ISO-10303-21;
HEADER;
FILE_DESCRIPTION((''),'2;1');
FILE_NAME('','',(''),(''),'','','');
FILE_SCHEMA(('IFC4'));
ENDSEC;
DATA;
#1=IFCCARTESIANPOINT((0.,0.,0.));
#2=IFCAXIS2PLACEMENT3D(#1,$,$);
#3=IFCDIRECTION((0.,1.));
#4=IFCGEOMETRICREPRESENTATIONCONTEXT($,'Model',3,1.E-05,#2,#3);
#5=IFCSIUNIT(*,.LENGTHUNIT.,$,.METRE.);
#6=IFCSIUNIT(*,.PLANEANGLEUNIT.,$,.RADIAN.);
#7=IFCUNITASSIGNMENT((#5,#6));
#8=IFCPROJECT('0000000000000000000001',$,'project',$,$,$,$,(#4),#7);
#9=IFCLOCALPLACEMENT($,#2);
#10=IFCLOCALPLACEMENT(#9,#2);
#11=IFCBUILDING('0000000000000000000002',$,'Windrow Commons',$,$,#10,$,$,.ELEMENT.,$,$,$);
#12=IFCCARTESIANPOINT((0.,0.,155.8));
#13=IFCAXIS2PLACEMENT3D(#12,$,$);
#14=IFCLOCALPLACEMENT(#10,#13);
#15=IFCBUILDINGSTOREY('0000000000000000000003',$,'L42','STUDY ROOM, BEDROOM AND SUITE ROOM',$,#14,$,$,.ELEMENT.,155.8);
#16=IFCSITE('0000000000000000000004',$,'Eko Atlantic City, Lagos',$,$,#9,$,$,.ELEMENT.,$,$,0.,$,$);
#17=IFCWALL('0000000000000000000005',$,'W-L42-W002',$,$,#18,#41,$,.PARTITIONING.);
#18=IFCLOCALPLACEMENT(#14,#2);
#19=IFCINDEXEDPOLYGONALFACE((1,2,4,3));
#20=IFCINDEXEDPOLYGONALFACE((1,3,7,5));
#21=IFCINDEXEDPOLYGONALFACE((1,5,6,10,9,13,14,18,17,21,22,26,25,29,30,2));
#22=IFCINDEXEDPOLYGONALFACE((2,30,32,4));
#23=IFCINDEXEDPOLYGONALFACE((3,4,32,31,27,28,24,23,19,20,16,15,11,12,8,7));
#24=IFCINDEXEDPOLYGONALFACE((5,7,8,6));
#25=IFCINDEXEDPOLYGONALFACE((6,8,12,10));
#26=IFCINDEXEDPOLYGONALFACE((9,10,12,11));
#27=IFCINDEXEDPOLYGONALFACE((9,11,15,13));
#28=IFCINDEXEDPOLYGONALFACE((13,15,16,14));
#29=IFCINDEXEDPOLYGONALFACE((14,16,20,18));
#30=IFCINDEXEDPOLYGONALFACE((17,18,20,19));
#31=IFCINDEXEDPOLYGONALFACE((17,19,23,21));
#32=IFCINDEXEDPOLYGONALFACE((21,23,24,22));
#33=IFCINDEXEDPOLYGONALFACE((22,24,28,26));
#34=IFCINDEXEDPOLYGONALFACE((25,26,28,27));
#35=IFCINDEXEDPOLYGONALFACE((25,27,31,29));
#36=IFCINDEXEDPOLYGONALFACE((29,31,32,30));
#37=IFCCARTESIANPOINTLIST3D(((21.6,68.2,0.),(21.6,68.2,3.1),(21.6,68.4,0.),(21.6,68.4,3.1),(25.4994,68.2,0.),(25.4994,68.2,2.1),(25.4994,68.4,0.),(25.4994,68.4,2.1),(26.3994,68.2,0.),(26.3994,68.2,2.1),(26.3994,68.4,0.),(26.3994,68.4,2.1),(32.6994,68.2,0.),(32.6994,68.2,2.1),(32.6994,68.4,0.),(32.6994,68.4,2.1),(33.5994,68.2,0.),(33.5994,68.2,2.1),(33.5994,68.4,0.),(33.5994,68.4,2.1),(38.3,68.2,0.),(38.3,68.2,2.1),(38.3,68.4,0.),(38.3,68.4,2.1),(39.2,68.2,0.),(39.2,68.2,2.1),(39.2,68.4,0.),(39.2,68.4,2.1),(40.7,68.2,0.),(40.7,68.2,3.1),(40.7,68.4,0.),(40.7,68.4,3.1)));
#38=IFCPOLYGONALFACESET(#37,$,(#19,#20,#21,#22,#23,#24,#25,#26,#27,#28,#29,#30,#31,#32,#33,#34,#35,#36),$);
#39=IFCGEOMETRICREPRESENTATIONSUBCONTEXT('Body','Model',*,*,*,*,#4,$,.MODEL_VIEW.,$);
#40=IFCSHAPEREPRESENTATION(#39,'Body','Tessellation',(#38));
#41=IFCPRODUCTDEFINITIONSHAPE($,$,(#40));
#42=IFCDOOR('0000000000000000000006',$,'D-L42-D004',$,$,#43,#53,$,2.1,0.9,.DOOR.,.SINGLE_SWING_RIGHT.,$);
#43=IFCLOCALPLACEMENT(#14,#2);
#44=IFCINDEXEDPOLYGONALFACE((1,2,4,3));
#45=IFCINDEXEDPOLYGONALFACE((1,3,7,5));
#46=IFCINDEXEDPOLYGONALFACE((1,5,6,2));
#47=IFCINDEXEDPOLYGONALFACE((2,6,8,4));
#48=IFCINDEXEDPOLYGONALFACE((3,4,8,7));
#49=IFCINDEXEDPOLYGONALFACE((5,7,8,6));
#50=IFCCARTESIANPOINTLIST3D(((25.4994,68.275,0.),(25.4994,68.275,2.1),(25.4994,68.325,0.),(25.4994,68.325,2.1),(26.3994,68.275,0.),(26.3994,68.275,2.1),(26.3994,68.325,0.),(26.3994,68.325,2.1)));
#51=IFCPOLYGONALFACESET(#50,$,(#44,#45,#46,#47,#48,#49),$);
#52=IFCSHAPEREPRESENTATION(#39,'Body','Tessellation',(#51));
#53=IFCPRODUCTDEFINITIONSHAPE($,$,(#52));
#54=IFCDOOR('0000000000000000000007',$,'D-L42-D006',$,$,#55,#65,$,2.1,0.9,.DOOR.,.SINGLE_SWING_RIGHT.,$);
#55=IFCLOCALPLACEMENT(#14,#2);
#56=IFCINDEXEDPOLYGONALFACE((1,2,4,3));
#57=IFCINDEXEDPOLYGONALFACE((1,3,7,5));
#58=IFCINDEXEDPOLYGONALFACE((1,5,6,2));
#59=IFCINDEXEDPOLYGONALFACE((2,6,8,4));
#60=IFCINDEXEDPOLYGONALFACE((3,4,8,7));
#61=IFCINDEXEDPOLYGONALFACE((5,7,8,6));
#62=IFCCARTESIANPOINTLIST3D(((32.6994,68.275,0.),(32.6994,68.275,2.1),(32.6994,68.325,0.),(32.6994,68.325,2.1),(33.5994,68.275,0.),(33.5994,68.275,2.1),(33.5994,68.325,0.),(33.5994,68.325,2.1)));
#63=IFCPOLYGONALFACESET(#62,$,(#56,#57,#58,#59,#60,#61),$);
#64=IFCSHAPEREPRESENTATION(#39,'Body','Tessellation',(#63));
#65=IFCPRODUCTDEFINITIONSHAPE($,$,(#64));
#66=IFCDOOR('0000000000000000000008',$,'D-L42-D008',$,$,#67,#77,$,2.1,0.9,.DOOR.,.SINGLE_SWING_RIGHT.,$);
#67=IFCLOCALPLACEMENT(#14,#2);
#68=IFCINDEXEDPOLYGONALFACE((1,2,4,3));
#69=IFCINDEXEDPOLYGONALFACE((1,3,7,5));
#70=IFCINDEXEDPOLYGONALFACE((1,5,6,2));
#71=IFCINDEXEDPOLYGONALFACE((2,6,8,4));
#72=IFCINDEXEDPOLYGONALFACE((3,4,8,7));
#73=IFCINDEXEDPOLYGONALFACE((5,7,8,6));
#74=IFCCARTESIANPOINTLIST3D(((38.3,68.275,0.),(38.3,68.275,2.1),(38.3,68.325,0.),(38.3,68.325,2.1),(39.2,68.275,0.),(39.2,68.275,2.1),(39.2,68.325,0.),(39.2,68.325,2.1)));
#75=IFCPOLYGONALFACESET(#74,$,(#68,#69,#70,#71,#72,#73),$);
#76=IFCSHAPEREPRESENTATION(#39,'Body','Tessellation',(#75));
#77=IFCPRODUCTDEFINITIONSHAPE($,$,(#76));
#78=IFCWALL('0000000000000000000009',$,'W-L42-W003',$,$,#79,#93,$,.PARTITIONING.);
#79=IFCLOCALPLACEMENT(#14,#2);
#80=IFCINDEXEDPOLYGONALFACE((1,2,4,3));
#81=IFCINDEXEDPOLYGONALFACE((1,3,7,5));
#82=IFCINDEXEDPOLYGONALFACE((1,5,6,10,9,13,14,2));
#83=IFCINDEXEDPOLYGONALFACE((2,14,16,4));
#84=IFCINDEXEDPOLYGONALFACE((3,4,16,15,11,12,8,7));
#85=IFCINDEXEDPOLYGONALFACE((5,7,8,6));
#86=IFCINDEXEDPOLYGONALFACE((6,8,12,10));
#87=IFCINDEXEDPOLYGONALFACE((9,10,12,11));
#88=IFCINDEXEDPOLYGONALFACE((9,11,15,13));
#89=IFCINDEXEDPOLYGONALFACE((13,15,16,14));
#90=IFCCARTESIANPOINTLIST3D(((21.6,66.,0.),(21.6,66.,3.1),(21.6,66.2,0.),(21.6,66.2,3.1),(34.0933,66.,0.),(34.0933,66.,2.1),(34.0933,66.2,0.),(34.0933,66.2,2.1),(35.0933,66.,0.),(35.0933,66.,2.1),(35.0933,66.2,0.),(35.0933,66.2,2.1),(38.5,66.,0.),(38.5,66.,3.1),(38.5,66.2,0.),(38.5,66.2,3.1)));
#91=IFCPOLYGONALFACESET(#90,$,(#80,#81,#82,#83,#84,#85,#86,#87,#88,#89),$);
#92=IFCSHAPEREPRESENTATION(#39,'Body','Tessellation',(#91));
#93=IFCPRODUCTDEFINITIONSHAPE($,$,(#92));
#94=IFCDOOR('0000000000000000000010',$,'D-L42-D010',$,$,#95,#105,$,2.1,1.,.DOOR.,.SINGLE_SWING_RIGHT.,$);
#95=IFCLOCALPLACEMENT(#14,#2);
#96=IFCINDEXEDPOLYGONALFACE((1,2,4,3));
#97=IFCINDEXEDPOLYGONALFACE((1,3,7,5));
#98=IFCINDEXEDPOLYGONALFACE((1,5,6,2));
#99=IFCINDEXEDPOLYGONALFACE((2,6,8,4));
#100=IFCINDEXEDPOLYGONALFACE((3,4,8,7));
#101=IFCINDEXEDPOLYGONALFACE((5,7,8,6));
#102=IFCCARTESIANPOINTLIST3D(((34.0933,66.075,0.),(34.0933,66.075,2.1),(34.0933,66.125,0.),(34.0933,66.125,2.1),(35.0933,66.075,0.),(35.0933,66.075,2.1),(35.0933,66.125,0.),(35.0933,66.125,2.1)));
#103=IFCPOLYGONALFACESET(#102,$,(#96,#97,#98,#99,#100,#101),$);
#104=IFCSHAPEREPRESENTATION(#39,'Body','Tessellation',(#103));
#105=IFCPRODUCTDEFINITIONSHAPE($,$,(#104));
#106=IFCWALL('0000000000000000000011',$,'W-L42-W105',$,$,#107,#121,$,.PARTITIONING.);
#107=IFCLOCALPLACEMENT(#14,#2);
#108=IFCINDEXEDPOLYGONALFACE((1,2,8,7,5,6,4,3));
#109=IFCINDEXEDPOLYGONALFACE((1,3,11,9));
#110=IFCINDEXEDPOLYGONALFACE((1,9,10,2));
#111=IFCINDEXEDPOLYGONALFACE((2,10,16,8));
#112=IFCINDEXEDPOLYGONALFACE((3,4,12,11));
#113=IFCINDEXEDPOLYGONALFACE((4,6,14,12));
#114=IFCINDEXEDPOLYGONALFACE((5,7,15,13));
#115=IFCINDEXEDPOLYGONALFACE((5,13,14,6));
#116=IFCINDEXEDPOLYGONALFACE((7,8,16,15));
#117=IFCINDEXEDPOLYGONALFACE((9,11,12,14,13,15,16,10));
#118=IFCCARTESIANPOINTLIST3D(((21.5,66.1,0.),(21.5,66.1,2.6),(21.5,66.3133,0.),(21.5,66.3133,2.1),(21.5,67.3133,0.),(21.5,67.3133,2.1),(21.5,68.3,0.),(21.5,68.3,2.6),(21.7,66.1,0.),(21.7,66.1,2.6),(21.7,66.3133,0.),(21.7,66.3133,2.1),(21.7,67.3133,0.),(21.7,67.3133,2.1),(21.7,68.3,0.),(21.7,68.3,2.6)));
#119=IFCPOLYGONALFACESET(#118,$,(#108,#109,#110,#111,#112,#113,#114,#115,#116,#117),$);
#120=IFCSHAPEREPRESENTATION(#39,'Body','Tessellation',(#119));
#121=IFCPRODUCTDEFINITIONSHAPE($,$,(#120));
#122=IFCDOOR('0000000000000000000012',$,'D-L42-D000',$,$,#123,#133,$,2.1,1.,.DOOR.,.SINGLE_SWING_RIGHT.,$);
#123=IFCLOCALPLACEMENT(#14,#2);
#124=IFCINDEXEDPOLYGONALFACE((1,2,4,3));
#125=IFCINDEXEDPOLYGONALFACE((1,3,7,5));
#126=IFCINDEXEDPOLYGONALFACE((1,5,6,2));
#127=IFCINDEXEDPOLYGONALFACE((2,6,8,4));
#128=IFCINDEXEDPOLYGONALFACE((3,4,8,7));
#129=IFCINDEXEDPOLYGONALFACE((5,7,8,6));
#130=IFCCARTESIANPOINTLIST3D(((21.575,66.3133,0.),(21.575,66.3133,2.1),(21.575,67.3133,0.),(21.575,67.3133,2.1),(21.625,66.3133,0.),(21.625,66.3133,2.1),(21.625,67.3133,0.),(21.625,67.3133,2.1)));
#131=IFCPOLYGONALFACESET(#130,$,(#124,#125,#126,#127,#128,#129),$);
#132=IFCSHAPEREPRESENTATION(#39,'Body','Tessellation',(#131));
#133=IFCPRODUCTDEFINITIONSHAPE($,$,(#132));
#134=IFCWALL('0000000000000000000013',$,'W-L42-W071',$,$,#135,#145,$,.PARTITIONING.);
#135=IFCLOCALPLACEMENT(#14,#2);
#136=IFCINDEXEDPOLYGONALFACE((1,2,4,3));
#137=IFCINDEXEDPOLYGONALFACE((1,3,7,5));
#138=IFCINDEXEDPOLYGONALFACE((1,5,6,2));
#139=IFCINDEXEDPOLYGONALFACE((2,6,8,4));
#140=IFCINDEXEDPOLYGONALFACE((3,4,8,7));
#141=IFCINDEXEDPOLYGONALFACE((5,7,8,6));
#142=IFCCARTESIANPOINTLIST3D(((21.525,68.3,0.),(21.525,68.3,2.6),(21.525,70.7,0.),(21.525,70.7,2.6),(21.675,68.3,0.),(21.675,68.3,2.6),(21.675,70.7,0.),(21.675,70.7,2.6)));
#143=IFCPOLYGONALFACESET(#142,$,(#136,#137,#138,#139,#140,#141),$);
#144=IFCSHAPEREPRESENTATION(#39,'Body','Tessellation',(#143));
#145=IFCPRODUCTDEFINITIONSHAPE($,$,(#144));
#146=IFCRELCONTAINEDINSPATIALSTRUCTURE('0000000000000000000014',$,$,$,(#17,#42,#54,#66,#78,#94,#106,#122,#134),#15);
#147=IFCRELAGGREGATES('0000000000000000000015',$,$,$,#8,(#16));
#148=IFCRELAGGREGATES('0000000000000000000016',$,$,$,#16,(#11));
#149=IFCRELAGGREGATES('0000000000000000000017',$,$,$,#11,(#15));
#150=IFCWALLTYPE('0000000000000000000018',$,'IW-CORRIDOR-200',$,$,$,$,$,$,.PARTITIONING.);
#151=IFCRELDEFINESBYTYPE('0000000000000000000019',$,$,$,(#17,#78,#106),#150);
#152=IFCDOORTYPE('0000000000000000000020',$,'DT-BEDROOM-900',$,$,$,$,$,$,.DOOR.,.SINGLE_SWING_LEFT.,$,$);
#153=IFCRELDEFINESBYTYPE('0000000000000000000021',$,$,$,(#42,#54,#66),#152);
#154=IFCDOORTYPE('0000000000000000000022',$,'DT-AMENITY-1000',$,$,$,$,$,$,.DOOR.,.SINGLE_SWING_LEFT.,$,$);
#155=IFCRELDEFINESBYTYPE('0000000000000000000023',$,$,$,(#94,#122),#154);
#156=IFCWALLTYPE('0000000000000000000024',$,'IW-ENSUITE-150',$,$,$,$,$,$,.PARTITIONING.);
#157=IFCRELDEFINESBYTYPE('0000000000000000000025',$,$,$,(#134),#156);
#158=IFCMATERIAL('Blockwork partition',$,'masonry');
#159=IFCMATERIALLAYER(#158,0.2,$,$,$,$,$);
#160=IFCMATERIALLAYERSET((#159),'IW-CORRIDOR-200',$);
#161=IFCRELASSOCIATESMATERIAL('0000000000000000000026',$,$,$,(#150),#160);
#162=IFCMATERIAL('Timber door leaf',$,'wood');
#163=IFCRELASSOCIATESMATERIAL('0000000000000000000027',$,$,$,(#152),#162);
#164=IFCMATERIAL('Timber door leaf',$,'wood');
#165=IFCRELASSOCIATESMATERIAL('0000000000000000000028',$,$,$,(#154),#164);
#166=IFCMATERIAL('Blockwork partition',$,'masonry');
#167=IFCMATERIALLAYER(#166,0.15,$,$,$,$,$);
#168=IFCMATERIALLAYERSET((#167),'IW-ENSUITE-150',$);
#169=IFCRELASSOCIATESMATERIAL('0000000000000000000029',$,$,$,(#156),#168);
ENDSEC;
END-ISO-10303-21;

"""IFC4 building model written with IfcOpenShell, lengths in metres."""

from ifc_helpers import new_model, si_unit, direction, frame, frame_2d, origin, place, context, subcontext, project, spatial, rectangle, extrude, material, layer, layer_set, type_object, element, fill, save


model = new_model("IFC4")

# Units and contexts
model_context = context("Model", 3, precision=1e-05, world=origin(), true_north=direction((0.0, 1.0)))
body_context = subcontext(model_context, "Body", "Model", "MODEL_VIEW")
ifc_project = project(units=[si_unit("LENGTHUNIT", "METRE"), si_unit("PLANEANGLEUNIT", "RADIAN")], contexts=[model_context])

# Site, building, storey
site_placement = place(None, origin())
site = spatial("IfcSite", under=ifc_project, at=site_placement, Name="Eko Atlantic City, Lagos", CompositionType="ELEMENT", RefElevation=0.0)
building_placement = place(site_placement, origin())
building = spatial("IfcBuilding", under=site, at=building_placement, Name="Windrow Commons", CompositionType="ELEMENT")
storey_placement = place(building_placement, frame((0.0, 0.0, 155.8)))
storey = spatial("IfcBuildingStorey", under=building, at=storey_placement, Name="L42", Description="STUDY ROOM, BEDROOM AND SUITE ROOM", CompositionType="ELEMENT", Elevation=155.8)

# Wall, openings, doors
ifc_material_1 = material(Name="Blockwork partition", Category="masonry")
ifc_layer_1 = layer(ifc_material_1, 0.2)
ifc_layer_set_1 = layer_set([ifc_layer_1], Name="IW-CORRIDOR-200")
wall_type_1 = type_object("IfcWallType", Name="IW-CORRIDOR-200", PredefinedType="PARTITIONING", material=ifc_layer_set_1)
wall_1_placement = place(storey_placement, frame((21.6, 68.3, 0.0), z_axis=(0.0, 0.0, 1.0), x_axis=(1.0, 0.0, 0.0)))
wall_1 = element("IfcWall", 1, at=wall_1_placement, inside=storey, type_object=wall_type_1, Name="W-L42-W002", PredefinedType="PARTITIONING", context=body_context, shape_type="SweptSolid", body=[
    extrude(rectangle(XDim=19.1, YDim=0.2, at=frame_2d((9.55, 0.0))), origin(), (0.0, 0.0, 1.0), 3.1),
])
opening_1_placement = place(wall_1_placement, frame((3.8994, 0.0, 0.0)))
opening_1 = element("IfcOpeningElement", 2, at=opening_1_placement, cuts=wall_1, PredefinedType="OPENING", context=body_context, shape_type="SweptSolid", body=[
    extrude(rectangle(XDim=0.9, YDim=2.1, at=frame_2d((0.45, 1.05))), frame((0.0, 0.11, 0.0), z_axis=(0.0, -1.0, 0.0), x_axis=(1.0, 0.0, 0.0)), (0.0, 0.0, 1.0), 0.22),
])
opening_2_placement = place(wall_1_placement, frame((11.0994, 0.0, 0.0)))
opening_2 = element("IfcOpeningElement", 3, at=opening_2_placement, cuts=wall_1, PredefinedType="OPENING", context=body_context, shape_type="SweptSolid", body=[
    extrude(rectangle(XDim=0.9, YDim=2.1, at=frame_2d((0.45, 1.05))), frame((0.0, 0.11, 0.0), z_axis=(0.0, -1.0, 0.0), x_axis=(1.0, 0.0, 0.0)), (0.0, 0.0, 1.0), 0.22),
])
opening_3_placement = place(wall_1_placement, frame((16.7, 0.0, 0.0)))
opening_3 = element("IfcOpeningElement", 4, at=opening_3_placement, cuts=wall_1, PredefinedType="OPENING", context=body_context, shape_type="SweptSolid", body=[
    extrude(rectangle(XDim=0.9, YDim=2.1, at=frame_2d((0.45, 1.05))), frame((0.0, 0.11, 0.0), z_axis=(0.0, -1.0, 0.0), x_axis=(1.0, 0.0, 0.0)), (0.0, 0.0, 1.0), 0.22),
])
ifc_material_2 = material(Name="Timber door leaf", Category="wood")
door_type_1 = type_object("IfcDoorType", Name="DT-BEDROOM-900", OperationType="SINGLE_SWING_LEFT", PredefinedType="DOOR", material=ifc_material_2)
door_1_placement = place(opening_1_placement, origin())
door_1 = element("IfcDoor", 5, at=door_1_placement, inside=storey, type_object=door_type_1, Name="D-L42-D004", OperationType="SINGLE_SWING_RIGHT", OverallHeight=2.1, OverallWidth=0.9, PredefinedType="DOOR", context=body_context, shape_type="SweptSolid", body=[
    extrude(rectangle(XDim=0.9, YDim=2.1, at=frame_2d((0.45, 1.05))), frame((0.0, 0.025, 0.0), z_axis=(0.0, -1.0, 0.0), x_axis=(1.0, 0.0, 0.0)), (0.0, 0.0, 1.0), 0.05),
])
fill(opening_1, door_1)
door_2_placement = place(opening_2_placement, origin())
door_2 = element("IfcDoor", 6, at=door_2_placement, inside=storey, type_object=door_type_1, Name="D-L42-D006", OperationType="SINGLE_SWING_RIGHT", OverallHeight=2.1, OverallWidth=0.9, PredefinedType="DOOR", context=body_context, shape_type="SweptSolid", body=[
    extrude(rectangle(XDim=0.9, YDim=2.1, at=frame_2d((0.45, 1.05))), frame((0.0, 0.025, 0.0), z_axis=(0.0, -1.0, 0.0), x_axis=(1.0, 0.0, 0.0)), (0.0, 0.0, 1.0), 0.05),
])
fill(opening_2, door_2)
door_3_placement = place(opening_3_placement, origin())
door_3 = element("IfcDoor", 7, at=door_3_placement, inside=storey, type_object=door_type_1, Name="D-L42-D008", OperationType="SINGLE_SWING_RIGHT", OverallHeight=2.1, OverallWidth=0.9, PredefinedType="DOOR", context=body_context, shape_type="SweptSolid", body=[
    extrude(rectangle(XDim=0.9, YDim=2.1, at=frame_2d((0.45, 1.05))), frame((0.0, 0.025, 0.0), z_axis=(0.0, -1.0, 0.0), x_axis=(1.0, 0.0, 0.0)), (0.0, 0.0, 1.0), 0.05),
])
fill(opening_3, door_3)

# Walls, openings, doors
wall_2_placement = place(storey_placement, frame((21.6, 66.1, 0.0), z_axis=(0.0, 0.0, 1.0), x_axis=(1.0, 0.0, 0.0)))
wall_2 = element("IfcWall", 8, at=wall_2_placement, inside=storey, type_object=wall_type_1, Name="W-L42-W003", PredefinedType="PARTITIONING", context=body_context, shape_type="SweptSolid", body=[
    extrude(rectangle(XDim=16.9, YDim=0.2, at=frame_2d((8.45, 0.0))), origin(), (0.0, 0.0, 1.0), 3.1),
])
opening_4_placement = place(wall_2_placement, frame((12.4933, 0.0, 0.0)))
opening_4 = element("IfcOpeningElement", 9, at=opening_4_placement, cuts=wall_2, PredefinedType="OPENING", context=body_context, shape_type="SweptSolid", body=[
    extrude(rectangle(XDim=1.0, YDim=2.1, at=frame_2d((0.5, 1.05))), frame((0.0, 0.11, 0.0), z_axis=(0.0, -1.0, 0.0), x_axis=(1.0, 0.0, 0.0)), (0.0, 0.0, 1.0), 0.22),
])
ifc_material_3 = material(Name="Timber door leaf", Category="wood")
door_type_2 = type_object("IfcDoorType", Name="DT-AMENITY-1000", OperationType="SINGLE_SWING_LEFT", PredefinedType="DOOR", material=ifc_material_3)
door_4_placement = place(opening_4_placement, origin())
door_4 = element("IfcDoor", 10, at=door_4_placement, inside=storey, type_object=door_type_2, Name="D-L42-D010", OperationType="SINGLE_SWING_RIGHT", OverallHeight=2.1, OverallWidth=1.0, PredefinedType="DOOR", context=body_context, shape_type="SweptSolid", body=[
    extrude(rectangle(XDim=1.0, YDim=2.1, at=frame_2d((0.5, 1.05))), frame((0.0, 0.025, 0.0), z_axis=(0.0, -1.0, 0.0), x_axis=(1.0, 0.0, 0.0)), (0.0, 0.0, 1.0), 0.05),
])
fill(opening_4, door_4)
wall_3_placement = place(storey_placement, frame((21.6, 66.1, 0.0), z_axis=(0.0, 0.0, 1.0), x_axis=(0.0, 1.0, 0.0)))
wall_3 = element("IfcWall", 11, at=wall_3_placement, inside=storey, type_object=wall_type_1, Name="W-L42-W105", PredefinedType="PARTITIONING", context=body_context, shape_type="SweptSolid", body=[
    extrude(rectangle(XDim=2.2, YDim=0.2, at=frame_2d((1.1, 0.0))), origin(), (0.0, 0.0, 1.0), 2.6),
])
opening_5_placement = place(wall_3_placement, frame((0.2133, 0.0, 0.0)))
opening_5 = element("IfcOpeningElement", 12, at=opening_5_placement, cuts=wall_3, PredefinedType="OPENING", context=body_context, shape_type="SweptSolid", body=[
    extrude(rectangle(XDim=1.0, YDim=2.1, at=frame_2d((0.5, 1.05))), frame((0.0, 0.11, 0.0), z_axis=(0.0, -1.0, 0.0), x_axis=(1.0, 0.0, 0.0)), (0.0, 0.0, 1.0), 0.22),
])
door_5_placement = place(opening_5_placement, origin())
door_5 = element("IfcDoor", 13, at=door_5_placement, inside=storey, type_object=door_type_2, Name="D-L42-D000", OperationType="SINGLE_SWING_RIGHT", OverallHeight=2.1, OverallWidth=1.0, PredefinedType="DOOR", context=body_context, shape_type="SweptSolid", body=[
    extrude(rectangle(XDim=1.0, YDim=2.1, at=frame_2d((0.5, 1.05))), frame((0.0, 0.025, 0.0), z_axis=(0.0, -1.0, 0.0), x_axis=(1.0, 0.0, 0.0)), (0.0, 0.0, 1.0), 0.05),
])
fill(opening_5, door_5)

# Wall
ifc_material_4 = material(Name="Blockwork partition", Category="masonry")
ifc_layer_2 = layer(ifc_material_4, 0.15)
ifc_layer_set_2 = layer_set([ifc_layer_2], Name="IW-ENSUITE-150")
wall_type_2 = type_object("IfcWallType", Name="IW-ENSUITE-150", PredefinedType="PARTITIONING", material=ifc_layer_set_2)
wall_4_placement = place(storey_placement, frame((21.6, 68.3, 0.0), z_axis=(0.0, 0.0, 1.0), x_axis=(0.0, 1.0, 0.0)))
element("IfcWall", 14, at=wall_4_placement, inside=storey, type_object=wall_type_2, Name="W-L42-W071", PredefinedType="PARTITIONING", context=body_context, shape_type="SweptSolid", body=[
    extrude(rectangle(XDim=2.4, YDim=0.15, at=frame_2d((1.2, 0.0))), origin(), (0.0, 0.0, 1.0), 2.6),
])

save(model, "model.ifc")
